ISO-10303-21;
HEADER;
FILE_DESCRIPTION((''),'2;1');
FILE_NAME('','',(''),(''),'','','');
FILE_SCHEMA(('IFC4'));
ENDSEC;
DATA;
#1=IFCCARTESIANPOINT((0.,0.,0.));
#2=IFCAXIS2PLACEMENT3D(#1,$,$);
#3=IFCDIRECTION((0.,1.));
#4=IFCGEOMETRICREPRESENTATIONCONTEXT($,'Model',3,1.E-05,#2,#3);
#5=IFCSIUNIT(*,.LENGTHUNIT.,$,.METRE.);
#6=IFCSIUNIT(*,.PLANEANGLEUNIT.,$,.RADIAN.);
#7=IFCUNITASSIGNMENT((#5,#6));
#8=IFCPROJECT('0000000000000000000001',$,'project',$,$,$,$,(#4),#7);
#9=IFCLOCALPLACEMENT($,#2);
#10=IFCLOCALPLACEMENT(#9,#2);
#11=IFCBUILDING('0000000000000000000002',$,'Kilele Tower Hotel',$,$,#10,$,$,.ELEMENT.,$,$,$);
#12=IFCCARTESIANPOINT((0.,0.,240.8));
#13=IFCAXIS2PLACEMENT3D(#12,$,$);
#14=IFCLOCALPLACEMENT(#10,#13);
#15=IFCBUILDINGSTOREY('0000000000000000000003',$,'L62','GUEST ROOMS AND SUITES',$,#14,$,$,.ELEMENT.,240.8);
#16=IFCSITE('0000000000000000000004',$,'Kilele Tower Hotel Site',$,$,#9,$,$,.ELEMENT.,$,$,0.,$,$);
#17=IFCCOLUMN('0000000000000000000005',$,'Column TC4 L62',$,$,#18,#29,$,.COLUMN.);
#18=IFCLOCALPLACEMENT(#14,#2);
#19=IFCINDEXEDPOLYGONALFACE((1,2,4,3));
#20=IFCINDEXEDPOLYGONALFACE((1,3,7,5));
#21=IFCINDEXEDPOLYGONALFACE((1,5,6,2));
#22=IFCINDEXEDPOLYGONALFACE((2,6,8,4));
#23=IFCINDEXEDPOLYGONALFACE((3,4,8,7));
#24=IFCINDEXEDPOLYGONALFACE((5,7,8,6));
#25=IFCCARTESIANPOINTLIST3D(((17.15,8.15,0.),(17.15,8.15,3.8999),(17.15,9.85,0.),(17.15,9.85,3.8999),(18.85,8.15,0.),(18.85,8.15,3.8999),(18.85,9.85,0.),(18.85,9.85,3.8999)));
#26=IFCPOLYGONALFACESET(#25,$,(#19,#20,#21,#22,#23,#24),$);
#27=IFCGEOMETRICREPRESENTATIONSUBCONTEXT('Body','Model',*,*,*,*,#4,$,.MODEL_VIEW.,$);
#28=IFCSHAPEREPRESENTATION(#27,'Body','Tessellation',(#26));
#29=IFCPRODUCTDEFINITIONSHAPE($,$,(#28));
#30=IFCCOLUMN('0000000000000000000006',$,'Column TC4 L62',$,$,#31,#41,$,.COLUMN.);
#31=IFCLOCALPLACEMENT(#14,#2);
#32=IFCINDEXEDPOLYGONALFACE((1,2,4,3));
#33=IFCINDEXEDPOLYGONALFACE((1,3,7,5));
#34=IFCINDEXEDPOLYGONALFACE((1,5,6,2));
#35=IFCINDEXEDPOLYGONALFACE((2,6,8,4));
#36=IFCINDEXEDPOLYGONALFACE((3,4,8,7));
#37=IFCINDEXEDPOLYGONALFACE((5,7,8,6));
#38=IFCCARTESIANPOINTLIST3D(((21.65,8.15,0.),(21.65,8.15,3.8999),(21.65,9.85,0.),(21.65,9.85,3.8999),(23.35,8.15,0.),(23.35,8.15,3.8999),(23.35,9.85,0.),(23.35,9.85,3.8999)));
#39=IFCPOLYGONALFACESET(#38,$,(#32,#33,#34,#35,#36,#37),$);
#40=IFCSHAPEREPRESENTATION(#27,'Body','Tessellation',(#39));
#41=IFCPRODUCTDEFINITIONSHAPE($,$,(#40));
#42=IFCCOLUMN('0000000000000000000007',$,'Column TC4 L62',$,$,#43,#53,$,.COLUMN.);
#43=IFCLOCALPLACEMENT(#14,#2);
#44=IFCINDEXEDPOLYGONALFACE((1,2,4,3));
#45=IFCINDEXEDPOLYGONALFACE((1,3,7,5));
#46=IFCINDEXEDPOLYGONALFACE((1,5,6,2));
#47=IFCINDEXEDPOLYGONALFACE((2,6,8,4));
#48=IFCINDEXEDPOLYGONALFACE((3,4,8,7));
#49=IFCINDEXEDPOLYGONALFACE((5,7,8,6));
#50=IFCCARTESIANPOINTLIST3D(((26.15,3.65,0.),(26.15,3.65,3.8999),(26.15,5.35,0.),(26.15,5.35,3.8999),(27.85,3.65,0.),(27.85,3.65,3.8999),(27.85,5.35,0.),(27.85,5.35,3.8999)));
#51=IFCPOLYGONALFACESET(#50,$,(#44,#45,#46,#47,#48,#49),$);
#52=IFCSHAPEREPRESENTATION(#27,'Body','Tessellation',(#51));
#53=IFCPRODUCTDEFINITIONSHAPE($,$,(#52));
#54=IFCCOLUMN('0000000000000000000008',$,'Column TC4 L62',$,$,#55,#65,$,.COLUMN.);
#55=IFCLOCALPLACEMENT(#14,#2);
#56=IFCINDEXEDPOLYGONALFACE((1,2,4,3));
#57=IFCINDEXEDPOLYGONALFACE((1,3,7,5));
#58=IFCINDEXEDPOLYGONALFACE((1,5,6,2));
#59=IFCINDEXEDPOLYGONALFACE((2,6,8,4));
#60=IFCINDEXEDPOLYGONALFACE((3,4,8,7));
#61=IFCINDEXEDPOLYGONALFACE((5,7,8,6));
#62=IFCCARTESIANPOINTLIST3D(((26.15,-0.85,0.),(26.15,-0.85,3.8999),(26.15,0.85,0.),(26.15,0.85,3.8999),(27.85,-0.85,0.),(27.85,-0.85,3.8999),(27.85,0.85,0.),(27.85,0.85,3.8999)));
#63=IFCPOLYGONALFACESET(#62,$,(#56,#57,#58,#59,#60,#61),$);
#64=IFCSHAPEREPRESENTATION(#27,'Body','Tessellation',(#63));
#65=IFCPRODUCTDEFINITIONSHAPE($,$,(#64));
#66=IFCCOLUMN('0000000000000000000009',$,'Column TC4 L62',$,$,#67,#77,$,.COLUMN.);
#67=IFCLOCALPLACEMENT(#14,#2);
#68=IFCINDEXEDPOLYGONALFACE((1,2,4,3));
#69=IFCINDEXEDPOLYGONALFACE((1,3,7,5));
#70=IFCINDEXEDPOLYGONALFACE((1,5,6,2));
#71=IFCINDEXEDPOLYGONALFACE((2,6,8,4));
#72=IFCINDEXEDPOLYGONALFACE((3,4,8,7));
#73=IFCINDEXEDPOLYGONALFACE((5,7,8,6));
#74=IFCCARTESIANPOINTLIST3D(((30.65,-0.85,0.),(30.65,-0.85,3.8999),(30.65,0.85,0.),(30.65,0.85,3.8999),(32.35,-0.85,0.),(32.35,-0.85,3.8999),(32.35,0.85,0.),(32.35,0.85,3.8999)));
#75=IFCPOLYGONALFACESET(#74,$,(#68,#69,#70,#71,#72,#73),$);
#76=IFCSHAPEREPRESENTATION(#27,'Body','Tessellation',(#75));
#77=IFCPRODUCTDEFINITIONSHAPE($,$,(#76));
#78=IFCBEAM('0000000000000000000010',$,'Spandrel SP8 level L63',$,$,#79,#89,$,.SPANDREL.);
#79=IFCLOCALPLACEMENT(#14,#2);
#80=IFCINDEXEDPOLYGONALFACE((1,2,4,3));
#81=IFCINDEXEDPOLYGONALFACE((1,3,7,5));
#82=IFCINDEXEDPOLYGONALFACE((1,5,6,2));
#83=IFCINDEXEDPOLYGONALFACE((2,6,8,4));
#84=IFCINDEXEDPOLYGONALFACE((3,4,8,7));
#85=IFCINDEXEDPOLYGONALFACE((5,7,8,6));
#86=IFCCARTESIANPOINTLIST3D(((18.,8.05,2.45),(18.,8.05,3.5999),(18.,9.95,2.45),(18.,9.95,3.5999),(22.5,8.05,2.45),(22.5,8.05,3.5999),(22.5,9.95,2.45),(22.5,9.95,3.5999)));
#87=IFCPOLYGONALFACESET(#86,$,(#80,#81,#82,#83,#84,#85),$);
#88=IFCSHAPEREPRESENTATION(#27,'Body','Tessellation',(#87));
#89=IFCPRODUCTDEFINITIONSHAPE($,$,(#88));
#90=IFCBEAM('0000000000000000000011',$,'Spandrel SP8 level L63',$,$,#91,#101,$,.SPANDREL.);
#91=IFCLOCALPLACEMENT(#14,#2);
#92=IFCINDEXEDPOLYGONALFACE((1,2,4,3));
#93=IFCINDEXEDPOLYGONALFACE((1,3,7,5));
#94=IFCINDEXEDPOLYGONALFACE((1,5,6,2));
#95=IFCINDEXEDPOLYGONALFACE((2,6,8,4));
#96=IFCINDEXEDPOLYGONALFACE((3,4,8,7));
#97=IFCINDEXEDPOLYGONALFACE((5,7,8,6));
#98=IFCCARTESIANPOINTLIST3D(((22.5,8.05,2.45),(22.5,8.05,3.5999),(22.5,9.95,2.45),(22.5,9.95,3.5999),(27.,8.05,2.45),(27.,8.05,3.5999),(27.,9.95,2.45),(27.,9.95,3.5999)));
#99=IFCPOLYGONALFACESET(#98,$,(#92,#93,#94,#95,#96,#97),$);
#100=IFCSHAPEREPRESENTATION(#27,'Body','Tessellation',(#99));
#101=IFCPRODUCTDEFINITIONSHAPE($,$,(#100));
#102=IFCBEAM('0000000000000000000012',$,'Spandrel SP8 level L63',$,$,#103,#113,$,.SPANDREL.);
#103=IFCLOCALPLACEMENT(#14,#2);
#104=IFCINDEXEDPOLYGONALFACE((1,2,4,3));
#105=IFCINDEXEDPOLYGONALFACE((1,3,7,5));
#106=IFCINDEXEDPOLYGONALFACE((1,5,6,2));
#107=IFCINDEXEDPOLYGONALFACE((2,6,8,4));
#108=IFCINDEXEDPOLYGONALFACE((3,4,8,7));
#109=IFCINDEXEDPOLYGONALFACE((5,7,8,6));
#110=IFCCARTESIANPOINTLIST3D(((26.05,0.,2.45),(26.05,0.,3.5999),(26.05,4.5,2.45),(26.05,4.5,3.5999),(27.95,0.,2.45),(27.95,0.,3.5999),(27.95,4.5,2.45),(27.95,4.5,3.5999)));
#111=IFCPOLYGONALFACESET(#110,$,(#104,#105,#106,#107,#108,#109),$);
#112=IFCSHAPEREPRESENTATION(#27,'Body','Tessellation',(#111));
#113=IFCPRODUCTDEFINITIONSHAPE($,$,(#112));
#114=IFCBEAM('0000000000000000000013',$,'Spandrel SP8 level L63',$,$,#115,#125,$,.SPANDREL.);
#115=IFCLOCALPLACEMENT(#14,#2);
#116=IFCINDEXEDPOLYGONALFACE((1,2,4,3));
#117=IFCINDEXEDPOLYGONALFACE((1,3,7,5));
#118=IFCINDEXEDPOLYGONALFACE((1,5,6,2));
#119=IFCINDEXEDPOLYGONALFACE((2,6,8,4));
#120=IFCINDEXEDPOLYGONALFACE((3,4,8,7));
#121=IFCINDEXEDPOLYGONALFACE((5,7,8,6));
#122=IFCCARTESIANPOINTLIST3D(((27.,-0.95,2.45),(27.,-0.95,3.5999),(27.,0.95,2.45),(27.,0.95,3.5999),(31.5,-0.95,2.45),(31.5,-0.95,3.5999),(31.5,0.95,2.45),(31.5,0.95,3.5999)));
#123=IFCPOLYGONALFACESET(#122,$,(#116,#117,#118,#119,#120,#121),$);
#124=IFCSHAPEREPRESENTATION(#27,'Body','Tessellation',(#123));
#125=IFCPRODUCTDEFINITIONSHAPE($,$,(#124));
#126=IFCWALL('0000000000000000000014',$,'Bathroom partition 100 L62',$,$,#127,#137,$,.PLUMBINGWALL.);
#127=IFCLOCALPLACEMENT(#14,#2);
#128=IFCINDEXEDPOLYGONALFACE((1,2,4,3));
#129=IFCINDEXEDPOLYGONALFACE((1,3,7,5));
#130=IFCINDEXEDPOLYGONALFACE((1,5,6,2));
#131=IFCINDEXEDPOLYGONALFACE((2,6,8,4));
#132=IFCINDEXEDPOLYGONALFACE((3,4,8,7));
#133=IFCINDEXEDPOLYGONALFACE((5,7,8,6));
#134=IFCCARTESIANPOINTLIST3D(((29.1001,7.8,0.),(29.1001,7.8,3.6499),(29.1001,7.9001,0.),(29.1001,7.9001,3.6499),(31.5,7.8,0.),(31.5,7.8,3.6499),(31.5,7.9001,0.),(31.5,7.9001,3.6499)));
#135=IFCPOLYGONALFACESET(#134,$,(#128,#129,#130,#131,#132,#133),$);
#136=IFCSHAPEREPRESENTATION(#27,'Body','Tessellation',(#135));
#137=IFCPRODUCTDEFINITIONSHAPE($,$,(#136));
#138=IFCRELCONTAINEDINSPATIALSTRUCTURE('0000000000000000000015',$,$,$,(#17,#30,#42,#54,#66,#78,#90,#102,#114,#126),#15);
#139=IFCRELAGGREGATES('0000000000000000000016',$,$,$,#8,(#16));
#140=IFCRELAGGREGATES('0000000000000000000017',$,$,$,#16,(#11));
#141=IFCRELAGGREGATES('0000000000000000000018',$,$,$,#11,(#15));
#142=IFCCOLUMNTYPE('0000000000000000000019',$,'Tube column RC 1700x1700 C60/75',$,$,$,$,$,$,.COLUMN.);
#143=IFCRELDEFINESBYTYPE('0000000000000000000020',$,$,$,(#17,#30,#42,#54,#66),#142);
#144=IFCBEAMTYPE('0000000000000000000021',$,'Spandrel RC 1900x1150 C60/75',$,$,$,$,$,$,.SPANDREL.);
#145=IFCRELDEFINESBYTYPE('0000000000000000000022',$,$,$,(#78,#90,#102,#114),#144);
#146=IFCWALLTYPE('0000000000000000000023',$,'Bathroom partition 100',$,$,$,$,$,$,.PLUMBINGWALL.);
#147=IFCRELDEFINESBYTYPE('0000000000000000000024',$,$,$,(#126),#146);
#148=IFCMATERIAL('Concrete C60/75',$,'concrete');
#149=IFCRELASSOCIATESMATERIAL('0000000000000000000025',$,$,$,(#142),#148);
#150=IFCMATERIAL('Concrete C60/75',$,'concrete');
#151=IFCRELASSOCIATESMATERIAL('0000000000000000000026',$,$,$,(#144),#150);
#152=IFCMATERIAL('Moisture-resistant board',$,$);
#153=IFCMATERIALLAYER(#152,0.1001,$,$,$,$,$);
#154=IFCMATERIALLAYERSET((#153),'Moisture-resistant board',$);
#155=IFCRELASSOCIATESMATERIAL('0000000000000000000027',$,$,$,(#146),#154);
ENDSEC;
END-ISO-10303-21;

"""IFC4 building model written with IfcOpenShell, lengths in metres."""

from ifc_helpers import new_model, si_unit, direction, frame, frame_2d, origin, origin_2d, place, context, subcontext, project, spatial, rectangle, extrude, material, layer, layer_set, material_profile, profile_set, type_object, element, save


model = new_model("IFC4")

# Units and contexts
model_context = context("Model", 3, precision=1e-05, world=origin(), true_north=direction((0.0, 1.0)))
body_context = subcontext(model_context, "Body", "Model", "MODEL_VIEW")
ifc_project = project(units=[si_unit("LENGTHUNIT", "METRE"), si_unit("PLANEANGLEUNIT", "RADIAN")], contexts=[model_context])

# Site, building, storey
site_placement = place(None, origin())
site = spatial("IfcSite", under=ifc_project, at=site_placement, Name="Kilele Tower Hotel Site", CompositionType="ELEMENT", RefElevation=0.0)
building_placement = place(site_placement, origin())
building = spatial("IfcBuilding", under=site, at=building_placement, Name="Kilele Tower Hotel", CompositionType="ELEMENT")
storey_placement = place(building_placement, frame((0.0, 0.0, 240.8)))
storey = spatial("IfcBuildingStorey", under=building, at=storey_placement, Name="L62", Description="GUEST ROOMS AND SUITES", CompositionType="ELEMENT", Elevation=240.8)

# Columns
ifc_material_1 = material(Name="Concrete C60/75", Category="concrete")
ifc_material_profile_1 = material_profile(ifc_material_1, rectangle(XDim=1.7, YDim=1.7, at=origin_2d()))
ifc_profile_set_1 = profile_set([ifc_material_profile_1], Name="Concrete C60/75")
column_type = type_object("IfcColumnType", Name="Tube column RC 1700x1700 C60/75", PredefinedType="COLUMN", material=ifc_profile_set_1)
for number, where, z_axis, x_axis, name in (
    (1, (18.0, 9.0, 0.0), (0.0, 0.0, 1.0), (1.0, 0.0, 0.0), "Column TC4 L62"),
    (2, (22.5, 9.0, 0.0), (0.0, 0.0, 1.0), (1.0, 0.0, 0.0), "Column TC4 L62"),
    (3, (27.0, 4.5, 0.0), (0.0, 0.0, 1.0), (1.0, 0.0, 0.0), "Column TC4 L62"),
    (4, (27.0, 0.0, 0.0), (0.0, 0.0, 1.0), (1.0, 0.0, 0.0), "Column TC4 L62"),
    (5, (31.5, 0.0, 0.0), (0.0, 0.0, 1.0), (1.0, 0.0, 0.0), "Column TC4 L62"),
):
    element("IfcColumn", number, at=place(storey_placement, frame(where, z_axis=z_axis, x_axis=x_axis)), inside=storey, type_object=column_type, Name=name, PredefinedType="COLUMN", context=body_context, shape_type="SweptSolid", body=[
        extrude(rectangle(XDim=1.7, YDim=1.7, at=origin_2d()), origin(), (0.0, 0.0, 1.0), 3.8999),
    ])

# Beams
ifc_material_2 = material(Name="Concrete C60/75", Category="concrete")
ifc_material_profile_2 = material_profile(ifc_material_2, rectangle(XDim=1.8999, YDim=1.1499, at=origin_2d()))
ifc_profile_set_2 = profile_set([ifc_material_profile_2], Name="Concrete C60/75")
beam_type = type_object("IfcBeamType", Name="Spandrel RC 1900x1150 C60/75", PredefinedType="SPANDREL", material=ifc_profile_set_2)
for number, where, z_axis, x_axis, name in (
    (6, (18.0, 9.0, 3.0249), (1.0, 0.0, 0.0), (0.0, 1.0, 0.0), "Spandrel SP8 level L63"),
    (7, (22.5, 9.0, 3.0249), (1.0, 0.0, 0.0), (0.0, 1.0, 0.0), "Spandrel SP8 level L63"),
    (8, (27.0, 4.5, 3.0249), (0.0, -1.0, 0.0), (1.0, 0.0, 0.0), "Spandrel SP8 level L63"),
    (9, (27.0, 0.0, 3.0249), (1.0, 0.0, 0.0), (0.0, 1.0, 0.0), "Spandrel SP8 level L63"),
):
    element("IfcBeam", number, at=place(storey_placement, frame(where, z_axis=z_axis, x_axis=x_axis)), inside=storey, type_object=beam_type, Name=name, PredefinedType="SPANDREL", context=body_context, shape_type="SweptSolid", body=[
        extrude(rectangle(XDim=1.8999, YDim=1.1499, at=origin_2d()), origin(), (0.0, 0.0, 1.0), 4.5),
    ])

# Wall
ifc_material_3 = material(Name="Moisture-resistant board")
ifc_layer_1 = layer(ifc_material_3, 0.1001)
ifc_layer_set_1 = layer_set([ifc_layer_1], Name="Moisture-resistant board")
wall_type_1 = type_object("IfcWallType", Name="Bathroom partition 100", PredefinedType="PLUMBINGWALL", material=ifc_layer_set_1)
wall_1_placement = place(storey_placement, frame((29.1001, 7.8501, 0.0), z_axis=(0.0, 0.0, 1.0), x_axis=(1.0, 0.0, 0.0)))
element("IfcWall", 10, at=wall_1_placement, inside=storey, type_object=wall_type_1, Name="Bathroom partition 100 L62", PredefinedType="PLUMBINGWALL", context=body_context, shape_type="SweptSolid", body=[
    extrude(rectangle(XDim=2.3999, YDim=0.1001, at=frame_2d((1.2, 0.0))), origin(), (0.0, 0.0, 1.0), 3.6499),
])

save(model, "model.ifc")
